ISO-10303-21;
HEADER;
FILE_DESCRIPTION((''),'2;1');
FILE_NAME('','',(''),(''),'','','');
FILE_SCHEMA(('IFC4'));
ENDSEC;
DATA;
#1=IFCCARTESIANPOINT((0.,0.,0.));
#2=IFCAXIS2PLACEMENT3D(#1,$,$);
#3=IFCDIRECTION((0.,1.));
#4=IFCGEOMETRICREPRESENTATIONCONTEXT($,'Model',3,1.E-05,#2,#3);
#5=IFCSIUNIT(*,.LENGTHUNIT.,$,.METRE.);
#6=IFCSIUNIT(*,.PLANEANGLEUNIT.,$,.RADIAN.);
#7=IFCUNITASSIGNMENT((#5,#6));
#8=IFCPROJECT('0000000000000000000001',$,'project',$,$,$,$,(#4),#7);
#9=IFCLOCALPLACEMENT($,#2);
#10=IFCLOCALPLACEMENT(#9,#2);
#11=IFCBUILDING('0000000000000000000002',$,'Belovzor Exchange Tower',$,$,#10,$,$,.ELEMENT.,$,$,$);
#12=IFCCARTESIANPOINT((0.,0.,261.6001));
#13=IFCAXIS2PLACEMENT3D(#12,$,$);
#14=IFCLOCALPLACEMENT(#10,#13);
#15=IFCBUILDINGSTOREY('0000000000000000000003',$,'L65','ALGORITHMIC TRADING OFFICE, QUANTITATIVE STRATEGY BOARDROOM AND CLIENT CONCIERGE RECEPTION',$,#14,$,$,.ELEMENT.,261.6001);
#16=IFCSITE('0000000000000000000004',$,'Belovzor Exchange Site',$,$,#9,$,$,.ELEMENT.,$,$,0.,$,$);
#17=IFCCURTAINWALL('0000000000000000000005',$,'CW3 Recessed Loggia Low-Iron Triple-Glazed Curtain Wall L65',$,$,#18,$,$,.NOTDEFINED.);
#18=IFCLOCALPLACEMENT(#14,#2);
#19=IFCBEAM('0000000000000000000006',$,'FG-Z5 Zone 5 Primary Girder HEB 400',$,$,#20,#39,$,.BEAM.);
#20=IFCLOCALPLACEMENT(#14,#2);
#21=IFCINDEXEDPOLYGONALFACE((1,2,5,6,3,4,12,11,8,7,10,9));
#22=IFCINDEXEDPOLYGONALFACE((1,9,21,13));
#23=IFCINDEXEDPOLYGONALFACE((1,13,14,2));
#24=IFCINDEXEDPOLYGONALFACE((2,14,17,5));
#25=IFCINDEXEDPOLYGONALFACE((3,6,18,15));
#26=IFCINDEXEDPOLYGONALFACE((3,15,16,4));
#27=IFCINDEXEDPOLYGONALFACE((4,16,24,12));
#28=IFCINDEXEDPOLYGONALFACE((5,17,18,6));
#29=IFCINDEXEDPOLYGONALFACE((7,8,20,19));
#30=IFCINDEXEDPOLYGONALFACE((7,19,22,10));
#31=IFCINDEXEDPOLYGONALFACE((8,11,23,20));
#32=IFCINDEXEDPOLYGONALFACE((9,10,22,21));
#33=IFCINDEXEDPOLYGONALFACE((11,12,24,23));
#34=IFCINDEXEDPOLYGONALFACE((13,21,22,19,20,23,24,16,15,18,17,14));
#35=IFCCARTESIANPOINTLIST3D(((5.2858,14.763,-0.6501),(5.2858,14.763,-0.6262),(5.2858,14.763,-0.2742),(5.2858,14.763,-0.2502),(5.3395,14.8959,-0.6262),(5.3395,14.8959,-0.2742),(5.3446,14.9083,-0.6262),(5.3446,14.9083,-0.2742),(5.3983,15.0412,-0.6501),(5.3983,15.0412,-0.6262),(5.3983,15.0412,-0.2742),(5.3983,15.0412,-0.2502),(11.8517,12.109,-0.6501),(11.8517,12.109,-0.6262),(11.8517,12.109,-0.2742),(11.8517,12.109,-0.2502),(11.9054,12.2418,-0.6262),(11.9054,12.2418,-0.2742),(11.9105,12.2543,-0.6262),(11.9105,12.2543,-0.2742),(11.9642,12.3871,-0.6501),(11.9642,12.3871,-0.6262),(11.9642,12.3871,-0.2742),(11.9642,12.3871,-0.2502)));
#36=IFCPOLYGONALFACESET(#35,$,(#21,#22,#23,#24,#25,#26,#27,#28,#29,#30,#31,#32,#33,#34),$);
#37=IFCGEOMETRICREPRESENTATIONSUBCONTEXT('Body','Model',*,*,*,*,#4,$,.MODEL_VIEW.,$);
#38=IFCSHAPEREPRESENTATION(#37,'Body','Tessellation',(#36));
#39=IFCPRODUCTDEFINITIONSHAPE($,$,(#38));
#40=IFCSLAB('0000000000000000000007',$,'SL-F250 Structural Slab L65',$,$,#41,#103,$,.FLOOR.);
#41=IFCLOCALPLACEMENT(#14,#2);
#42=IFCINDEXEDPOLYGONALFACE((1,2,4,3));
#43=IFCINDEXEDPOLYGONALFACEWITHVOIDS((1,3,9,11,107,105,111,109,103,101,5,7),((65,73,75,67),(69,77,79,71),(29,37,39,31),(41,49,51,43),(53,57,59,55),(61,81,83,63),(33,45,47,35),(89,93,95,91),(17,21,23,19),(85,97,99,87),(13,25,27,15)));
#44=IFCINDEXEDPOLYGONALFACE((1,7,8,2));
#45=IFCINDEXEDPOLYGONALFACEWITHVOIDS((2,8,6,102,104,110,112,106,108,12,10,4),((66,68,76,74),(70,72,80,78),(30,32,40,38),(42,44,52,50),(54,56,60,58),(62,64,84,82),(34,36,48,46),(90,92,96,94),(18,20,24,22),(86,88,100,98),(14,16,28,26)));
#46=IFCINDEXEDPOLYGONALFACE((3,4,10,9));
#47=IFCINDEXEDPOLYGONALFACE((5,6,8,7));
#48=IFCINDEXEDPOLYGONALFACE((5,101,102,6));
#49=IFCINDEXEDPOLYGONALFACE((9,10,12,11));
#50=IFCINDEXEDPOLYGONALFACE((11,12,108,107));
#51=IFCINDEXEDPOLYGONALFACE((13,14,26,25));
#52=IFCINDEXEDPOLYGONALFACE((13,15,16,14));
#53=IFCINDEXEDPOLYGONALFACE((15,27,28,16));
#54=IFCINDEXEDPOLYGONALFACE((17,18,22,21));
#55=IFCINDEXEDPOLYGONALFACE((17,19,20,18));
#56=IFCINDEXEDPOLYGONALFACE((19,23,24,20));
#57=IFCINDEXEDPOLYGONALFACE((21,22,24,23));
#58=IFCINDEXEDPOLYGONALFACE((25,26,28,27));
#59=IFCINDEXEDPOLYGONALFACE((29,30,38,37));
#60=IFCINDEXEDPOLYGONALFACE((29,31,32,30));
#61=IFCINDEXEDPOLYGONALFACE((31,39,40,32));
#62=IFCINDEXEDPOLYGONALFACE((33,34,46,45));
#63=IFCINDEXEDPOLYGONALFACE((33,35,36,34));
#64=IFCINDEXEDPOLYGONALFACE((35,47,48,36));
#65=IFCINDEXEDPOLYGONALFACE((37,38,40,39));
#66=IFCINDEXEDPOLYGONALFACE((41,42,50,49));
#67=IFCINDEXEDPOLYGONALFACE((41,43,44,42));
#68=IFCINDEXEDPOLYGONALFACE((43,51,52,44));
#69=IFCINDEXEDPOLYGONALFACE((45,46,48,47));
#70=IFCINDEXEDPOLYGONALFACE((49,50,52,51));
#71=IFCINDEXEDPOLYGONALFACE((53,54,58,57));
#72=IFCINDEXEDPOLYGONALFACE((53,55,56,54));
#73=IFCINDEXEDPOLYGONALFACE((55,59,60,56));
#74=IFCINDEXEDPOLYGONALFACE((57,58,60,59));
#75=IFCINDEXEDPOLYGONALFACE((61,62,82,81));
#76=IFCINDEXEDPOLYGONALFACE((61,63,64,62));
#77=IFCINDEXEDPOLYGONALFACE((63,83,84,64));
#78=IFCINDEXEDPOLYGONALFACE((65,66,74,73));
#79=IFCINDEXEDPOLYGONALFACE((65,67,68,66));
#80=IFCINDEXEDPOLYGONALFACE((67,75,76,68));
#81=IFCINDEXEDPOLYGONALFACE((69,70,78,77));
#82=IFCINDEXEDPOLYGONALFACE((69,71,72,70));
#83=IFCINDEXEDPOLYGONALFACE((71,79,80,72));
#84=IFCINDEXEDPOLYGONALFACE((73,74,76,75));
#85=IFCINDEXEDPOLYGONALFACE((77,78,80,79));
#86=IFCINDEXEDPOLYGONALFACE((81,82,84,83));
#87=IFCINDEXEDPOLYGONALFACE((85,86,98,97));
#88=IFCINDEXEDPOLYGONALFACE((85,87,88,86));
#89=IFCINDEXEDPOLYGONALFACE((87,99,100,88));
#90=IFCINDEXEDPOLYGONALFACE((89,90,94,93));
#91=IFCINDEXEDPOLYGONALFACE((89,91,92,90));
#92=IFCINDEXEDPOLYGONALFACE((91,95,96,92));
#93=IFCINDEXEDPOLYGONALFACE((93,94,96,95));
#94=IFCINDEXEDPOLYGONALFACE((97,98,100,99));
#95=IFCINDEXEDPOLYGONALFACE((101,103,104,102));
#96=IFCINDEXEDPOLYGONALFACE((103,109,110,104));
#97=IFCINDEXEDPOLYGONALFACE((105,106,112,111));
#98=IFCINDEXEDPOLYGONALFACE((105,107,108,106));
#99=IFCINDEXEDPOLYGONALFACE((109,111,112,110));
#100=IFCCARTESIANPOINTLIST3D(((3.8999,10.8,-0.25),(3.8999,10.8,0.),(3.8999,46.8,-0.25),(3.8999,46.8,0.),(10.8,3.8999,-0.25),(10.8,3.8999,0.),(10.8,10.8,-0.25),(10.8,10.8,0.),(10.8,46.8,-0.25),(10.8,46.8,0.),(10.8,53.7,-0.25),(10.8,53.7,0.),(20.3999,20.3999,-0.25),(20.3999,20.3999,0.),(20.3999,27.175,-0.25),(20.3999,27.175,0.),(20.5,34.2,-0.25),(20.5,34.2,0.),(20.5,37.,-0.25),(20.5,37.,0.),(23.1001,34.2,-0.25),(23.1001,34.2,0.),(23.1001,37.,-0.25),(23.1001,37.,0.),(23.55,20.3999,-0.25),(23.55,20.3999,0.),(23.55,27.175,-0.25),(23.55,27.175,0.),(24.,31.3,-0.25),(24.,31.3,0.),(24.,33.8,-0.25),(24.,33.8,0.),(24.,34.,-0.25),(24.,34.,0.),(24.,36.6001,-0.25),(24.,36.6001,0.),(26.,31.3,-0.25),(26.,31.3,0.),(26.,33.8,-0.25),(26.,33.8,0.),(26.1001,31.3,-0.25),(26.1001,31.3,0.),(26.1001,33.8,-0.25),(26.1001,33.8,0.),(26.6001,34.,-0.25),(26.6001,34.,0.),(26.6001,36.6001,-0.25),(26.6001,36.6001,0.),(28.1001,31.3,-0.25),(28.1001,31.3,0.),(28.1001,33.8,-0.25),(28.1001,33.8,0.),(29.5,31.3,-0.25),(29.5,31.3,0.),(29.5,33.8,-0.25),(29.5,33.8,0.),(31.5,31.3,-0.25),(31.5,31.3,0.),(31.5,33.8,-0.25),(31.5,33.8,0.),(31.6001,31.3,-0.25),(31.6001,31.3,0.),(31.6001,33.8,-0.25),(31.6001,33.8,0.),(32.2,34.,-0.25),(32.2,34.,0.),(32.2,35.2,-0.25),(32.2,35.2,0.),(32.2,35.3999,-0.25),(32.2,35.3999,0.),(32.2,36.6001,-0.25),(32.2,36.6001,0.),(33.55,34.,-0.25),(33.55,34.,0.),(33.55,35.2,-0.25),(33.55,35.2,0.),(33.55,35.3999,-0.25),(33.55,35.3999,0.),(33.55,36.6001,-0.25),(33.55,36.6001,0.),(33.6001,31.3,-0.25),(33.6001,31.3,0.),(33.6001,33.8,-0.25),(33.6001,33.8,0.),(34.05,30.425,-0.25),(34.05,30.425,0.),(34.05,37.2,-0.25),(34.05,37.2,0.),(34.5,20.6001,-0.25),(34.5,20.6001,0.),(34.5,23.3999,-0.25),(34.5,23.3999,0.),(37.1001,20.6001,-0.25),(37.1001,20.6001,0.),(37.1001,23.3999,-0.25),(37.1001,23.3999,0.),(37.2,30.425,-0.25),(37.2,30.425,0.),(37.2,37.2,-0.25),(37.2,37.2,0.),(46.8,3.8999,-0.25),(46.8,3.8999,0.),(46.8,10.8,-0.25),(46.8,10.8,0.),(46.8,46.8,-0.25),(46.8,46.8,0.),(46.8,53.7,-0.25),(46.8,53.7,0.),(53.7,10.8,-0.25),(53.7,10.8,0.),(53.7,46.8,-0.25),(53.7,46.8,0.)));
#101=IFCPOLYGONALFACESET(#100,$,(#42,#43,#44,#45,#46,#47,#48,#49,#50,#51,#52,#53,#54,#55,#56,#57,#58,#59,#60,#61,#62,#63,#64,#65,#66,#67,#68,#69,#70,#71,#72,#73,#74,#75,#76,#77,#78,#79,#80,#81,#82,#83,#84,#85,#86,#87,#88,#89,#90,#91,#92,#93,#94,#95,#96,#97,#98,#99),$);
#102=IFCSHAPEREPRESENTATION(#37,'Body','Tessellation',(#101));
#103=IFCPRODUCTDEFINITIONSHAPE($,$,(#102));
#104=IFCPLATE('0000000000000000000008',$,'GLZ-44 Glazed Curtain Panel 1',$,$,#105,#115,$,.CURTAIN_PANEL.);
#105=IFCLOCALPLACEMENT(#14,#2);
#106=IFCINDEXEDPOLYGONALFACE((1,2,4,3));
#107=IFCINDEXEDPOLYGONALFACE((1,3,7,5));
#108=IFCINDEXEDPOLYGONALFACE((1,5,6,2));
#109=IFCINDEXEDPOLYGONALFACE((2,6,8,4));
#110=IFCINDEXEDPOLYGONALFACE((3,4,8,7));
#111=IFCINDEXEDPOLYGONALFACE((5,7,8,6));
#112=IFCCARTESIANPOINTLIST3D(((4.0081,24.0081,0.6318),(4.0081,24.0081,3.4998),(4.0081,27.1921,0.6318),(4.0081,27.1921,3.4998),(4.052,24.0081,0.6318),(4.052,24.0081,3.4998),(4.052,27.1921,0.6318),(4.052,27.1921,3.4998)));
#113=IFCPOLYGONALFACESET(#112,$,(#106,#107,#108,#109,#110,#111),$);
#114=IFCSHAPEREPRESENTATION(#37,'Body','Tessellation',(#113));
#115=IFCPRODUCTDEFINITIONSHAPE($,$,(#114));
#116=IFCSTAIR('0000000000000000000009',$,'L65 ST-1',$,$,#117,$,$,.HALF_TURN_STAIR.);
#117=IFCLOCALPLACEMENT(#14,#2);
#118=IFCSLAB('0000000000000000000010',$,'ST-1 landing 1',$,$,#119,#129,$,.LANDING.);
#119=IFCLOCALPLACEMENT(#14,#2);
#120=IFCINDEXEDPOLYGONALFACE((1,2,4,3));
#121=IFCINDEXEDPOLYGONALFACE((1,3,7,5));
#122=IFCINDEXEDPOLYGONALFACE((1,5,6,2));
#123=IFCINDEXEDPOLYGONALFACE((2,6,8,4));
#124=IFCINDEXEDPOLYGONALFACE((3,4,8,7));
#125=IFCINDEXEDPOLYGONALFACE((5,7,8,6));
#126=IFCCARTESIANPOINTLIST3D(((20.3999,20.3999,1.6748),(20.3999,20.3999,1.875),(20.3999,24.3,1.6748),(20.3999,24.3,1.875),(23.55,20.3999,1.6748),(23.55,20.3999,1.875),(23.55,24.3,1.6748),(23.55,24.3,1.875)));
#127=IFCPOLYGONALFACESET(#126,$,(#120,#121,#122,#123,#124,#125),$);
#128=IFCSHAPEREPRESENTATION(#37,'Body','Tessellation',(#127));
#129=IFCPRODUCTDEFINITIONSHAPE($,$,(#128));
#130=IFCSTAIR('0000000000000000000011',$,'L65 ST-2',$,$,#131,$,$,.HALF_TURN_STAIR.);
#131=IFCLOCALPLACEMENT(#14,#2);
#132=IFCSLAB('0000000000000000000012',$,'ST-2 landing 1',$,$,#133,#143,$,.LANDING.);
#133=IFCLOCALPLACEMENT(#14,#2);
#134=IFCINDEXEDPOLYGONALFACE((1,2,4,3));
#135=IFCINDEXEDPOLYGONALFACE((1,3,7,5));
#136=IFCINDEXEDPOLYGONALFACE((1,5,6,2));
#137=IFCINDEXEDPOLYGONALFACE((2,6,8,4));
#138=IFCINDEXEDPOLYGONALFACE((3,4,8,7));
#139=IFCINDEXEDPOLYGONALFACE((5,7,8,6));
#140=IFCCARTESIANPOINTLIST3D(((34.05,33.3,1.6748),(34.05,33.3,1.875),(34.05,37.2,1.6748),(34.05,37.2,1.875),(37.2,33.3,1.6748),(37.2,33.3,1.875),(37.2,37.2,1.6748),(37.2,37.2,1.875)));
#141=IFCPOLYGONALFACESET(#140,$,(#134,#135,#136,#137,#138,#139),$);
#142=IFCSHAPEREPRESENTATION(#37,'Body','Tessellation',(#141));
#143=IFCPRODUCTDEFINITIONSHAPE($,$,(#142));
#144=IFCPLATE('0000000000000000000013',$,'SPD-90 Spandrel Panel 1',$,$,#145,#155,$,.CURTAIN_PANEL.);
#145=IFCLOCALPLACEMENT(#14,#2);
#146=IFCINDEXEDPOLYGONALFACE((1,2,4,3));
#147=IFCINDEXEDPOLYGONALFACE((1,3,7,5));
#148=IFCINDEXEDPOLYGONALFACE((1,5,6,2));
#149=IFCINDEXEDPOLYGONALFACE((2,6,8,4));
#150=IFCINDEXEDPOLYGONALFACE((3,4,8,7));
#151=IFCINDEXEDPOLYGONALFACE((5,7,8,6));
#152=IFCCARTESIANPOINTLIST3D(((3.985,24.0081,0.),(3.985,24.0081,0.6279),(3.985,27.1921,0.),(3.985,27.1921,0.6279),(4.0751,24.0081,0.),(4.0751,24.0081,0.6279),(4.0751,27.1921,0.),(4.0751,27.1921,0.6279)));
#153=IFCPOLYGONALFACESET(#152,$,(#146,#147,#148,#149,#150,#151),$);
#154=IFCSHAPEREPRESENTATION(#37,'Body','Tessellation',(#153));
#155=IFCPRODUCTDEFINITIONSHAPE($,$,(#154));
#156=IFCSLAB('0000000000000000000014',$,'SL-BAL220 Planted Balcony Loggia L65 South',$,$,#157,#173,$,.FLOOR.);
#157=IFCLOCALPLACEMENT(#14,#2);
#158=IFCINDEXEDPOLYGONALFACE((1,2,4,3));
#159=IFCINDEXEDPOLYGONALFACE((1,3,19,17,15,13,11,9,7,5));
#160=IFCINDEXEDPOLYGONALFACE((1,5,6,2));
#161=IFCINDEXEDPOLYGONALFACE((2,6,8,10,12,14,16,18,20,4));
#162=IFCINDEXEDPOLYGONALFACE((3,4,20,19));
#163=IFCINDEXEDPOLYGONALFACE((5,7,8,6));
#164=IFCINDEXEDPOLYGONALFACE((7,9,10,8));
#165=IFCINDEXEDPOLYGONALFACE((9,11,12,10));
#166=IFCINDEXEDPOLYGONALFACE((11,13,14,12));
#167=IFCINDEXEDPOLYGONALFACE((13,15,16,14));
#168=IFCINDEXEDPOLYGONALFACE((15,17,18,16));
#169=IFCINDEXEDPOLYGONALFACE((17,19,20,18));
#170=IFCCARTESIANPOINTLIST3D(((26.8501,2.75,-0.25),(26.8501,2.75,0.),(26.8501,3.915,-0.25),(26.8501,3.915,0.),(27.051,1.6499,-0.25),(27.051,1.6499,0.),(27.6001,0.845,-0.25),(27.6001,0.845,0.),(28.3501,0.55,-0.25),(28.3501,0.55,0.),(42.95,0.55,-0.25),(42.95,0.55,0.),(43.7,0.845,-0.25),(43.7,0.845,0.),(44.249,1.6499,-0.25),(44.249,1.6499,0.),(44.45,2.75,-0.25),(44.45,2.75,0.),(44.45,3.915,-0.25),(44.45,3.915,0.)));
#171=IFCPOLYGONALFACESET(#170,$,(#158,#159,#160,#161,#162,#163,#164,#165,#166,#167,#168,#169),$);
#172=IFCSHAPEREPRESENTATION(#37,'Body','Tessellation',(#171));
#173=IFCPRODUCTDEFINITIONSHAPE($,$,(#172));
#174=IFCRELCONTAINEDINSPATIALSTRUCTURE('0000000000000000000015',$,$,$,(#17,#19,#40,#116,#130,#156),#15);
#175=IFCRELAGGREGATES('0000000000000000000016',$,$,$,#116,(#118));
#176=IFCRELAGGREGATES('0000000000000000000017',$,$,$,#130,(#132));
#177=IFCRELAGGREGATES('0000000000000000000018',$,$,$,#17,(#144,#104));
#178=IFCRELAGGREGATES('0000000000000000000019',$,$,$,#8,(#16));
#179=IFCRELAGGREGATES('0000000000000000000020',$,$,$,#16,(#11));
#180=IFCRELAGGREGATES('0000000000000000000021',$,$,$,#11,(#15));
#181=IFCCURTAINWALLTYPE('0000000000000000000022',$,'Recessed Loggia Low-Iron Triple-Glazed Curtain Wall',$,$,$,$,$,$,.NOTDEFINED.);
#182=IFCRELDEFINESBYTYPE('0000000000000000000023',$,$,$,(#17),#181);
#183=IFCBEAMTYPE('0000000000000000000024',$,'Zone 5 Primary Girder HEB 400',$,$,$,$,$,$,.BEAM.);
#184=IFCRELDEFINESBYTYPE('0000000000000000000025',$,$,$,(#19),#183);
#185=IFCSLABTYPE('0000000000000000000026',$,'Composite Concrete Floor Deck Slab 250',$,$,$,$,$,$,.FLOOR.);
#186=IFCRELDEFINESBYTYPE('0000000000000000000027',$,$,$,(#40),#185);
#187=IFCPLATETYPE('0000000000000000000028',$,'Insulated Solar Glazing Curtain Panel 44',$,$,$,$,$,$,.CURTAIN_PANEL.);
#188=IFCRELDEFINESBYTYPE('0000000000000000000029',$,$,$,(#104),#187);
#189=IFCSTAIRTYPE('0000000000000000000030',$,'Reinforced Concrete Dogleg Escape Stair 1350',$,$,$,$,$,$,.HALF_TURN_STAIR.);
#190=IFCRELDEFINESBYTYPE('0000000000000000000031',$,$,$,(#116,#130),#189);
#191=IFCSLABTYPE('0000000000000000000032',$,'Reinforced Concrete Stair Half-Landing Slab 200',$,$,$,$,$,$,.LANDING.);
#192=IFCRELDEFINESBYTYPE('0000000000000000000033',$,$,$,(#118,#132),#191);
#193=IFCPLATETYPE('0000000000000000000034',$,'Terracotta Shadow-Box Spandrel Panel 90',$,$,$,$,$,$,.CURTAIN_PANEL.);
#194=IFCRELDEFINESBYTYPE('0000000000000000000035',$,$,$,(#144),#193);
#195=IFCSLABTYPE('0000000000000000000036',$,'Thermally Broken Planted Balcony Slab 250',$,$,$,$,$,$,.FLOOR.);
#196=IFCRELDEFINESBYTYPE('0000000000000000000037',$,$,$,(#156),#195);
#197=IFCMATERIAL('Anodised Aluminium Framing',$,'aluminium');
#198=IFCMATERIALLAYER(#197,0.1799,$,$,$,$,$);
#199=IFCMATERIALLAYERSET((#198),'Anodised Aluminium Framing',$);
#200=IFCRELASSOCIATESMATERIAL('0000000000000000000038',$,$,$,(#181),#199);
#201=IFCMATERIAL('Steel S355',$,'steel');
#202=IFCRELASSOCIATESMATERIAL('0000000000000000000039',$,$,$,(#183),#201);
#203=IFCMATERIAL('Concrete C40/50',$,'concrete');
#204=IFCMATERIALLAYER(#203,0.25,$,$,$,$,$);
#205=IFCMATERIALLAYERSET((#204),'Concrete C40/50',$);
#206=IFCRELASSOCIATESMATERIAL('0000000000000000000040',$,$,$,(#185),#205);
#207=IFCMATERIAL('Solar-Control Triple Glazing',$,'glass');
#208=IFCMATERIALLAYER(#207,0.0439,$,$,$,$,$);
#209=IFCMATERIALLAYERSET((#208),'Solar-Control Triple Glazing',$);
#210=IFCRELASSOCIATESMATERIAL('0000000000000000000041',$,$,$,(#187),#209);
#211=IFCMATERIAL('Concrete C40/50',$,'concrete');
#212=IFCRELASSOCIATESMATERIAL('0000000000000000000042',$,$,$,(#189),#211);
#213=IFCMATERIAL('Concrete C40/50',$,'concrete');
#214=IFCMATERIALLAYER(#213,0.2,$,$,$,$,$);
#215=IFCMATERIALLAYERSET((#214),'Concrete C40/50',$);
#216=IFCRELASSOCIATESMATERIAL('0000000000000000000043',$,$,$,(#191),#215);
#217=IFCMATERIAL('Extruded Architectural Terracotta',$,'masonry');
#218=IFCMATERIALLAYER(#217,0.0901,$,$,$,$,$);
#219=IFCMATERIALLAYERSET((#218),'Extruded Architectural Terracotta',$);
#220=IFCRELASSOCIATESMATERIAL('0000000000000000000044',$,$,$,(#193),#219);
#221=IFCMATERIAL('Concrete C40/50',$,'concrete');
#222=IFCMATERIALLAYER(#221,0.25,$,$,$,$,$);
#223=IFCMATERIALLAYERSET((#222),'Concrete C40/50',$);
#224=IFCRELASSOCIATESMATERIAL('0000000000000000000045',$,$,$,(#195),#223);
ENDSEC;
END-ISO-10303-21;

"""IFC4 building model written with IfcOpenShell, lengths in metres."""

from ifc_helpers import new_model, si_unit, direction, frame, origin, origin_2d, place, context, subcontext, project, spatial, polyline, rectangle, i_section, outline, extrude, material, layer, layer_set, material_profile, profile_set, type_object, element, aggregate, save


model = new_model("IFC4")

# Units and contexts
model_context = context("Model", 3, precision=1e-05, world=origin(), true_north=direction((0.0, 1.0)))
body_context = subcontext(model_context, "Body", "Model", "MODEL_VIEW")
ifc_project = project(units=[si_unit("LENGTHUNIT", "METRE"), si_unit("PLANEANGLEUNIT", "RADIAN")], contexts=[model_context])

# Site, building, storey
site_placement = place(None, origin())
site = spatial("IfcSite", under=ifc_project, at=site_placement, Name="Belovzor Exchange Site", CompositionType="ELEMENT", RefElevation=0.0)
building_placement = place(site_placement, origin())
building = spatial("IfcBuilding", under=site, at=building_placement, Name="Belovzor Exchange Tower", CompositionType="ELEMENT")
storey_placement = place(building_placement, frame((0.0, 0.0, 261.6001)))
storey = spatial("IfcBuildingStorey", under=building, at=storey_placement, Name="L65", Description="ALGORITHMIC TRADING OFFICE, QUANTITATIVE STRATEGY BOARDROOM AND CLIENT CONCIERGE RECEPTION", CompositionType="ELEMENT", Elevation=261.6001)

# Curtain wall
ifc_material_1 = material(Name="Anodised Aluminium Framing", Category="aluminium")
ifc_layer_1 = layer(ifc_material_1, 0.1799)
ifc_layer_set_1 = layer_set([ifc_layer_1], Name="Anodised Aluminium Framing")
curtain_wall_type = type_object("IfcCurtainWallType", Name="Recessed Loggia Low-Iron Triple-Glazed Curtain Wall", PredefinedType="NOTDEFINED", material=ifc_layer_set_1)
curtain_wall_placement = place(storey_placement, origin())
curtain_wall = element("IfcCurtainWall", 1, at=curtain_wall_placement, inside=storey, type_object=curtain_wall_type, Name="CW3 Recessed Loggia Low-Iron Triple-Glazed Curtain Wall L65", PredefinedType="NOTDEFINED")

# Beam
ifc_material_2 = material(Name="Steel S355", Category="steel")
ifc_material_profile_1 = material_profile(ifc_material_2, i_section(OverallWidth=0.3, OverallDepth=0.3999, WebThickness=0.0134, FlangeThickness=0.0239, at=origin_2d()))
ifc_profile_set_1 = profile_set([ifc_material_profile_1], Name="Steel S355")
beam_type_1 = type_object("IfcBeamType", Name="Zone 5 Primary Girder HEB 400", PredefinedType="BEAM", material=ifc_profile_set_1)
for number, where, z_axis, x_axis, name in (
    (2, (5.342, 14.9021, -0.4502), (0.927123, -0.374758, 0.0), (0.374758, 0.927123, 0.0), "FG-Z5 Zone 5 Primary Girder HEB 400"),
):
    element("IfcBeam", number, at=place(storey_placement, frame(where, z_axis=z_axis, x_axis=x_axis)), inside=storey, type_object=beam_type_1, Name=name, PredefinedType="BEAM", context=body_context, shape_type="SweptSolid", body=[
        extrude(i_section(OverallWidth=0.3, OverallDepth=0.3999, WebThickness=0.0134, FlangeThickness=0.0239, at=origin_2d()), origin(), (0.0, 0.0, 1.0), 7.082),
    ])

# Slab
ifc_material_3 = material(Name="Concrete C40/50", Category="concrete")
ifc_layer_2 = layer(ifc_material_3, 0.25)
ifc_layer_set_2 = layer_set([ifc_layer_2], Name="Concrete C40/50")
slab_type_1 = type_object("IfcSlabType", Name="Composite Concrete Floor Deck Slab 250", PredefinedType="FLOOR", material=ifc_layer_set_2)
slab_1_placement = place(storey_placement, frame((0.0, 0.0, -0.25)))
element("IfcSlab", 3, at=slab_1_placement, inside=storey, type_object=slab_type_1, Name="SL-F250 Structural Slab L65", PredefinedType="FLOOR", context=body_context, shape_type="SweptSolid", body=[
    extrude(outline(polyline([(10.8, 3.8999), (46.8, 3.8999), (46.8, 10.8), (53.7, 10.8), (53.7, 46.8), (46.8, 46.8), (46.8, 53.7), (10.8, 53.7), (10.8, 46.8), (3.8999, 46.8), (3.8999, 10.8), (10.8, 10.8), (10.8, 3.8999)]), holes=[polyline([(20.3999, 27.175), (20.3999, 20.3999), (23.55, 20.3999), (23.55, 27.175), (20.3999, 27.175)]), polyline([(37.2, 30.425), (37.2, 37.2), (34.05, 37.2), (34.05, 30.425), (37.2, 30.425)]), polyline([(20.5, 34.2), (23.1001, 34.2), (23.1001, 37.0), (20.5, 37.0), (20.5, 34.2)]), polyline([(34.5, 20.6001), (37.1001, 20.6001), (37.1001, 23.3999), (34.5, 23.3999), (34.5, 20.6001)]), polyline([(24.0, 34.0), (26.6001, 34.0), (26.6001, 36.6001), (24.0, 36.6001), (24.0, 34.0)]), polyline([(24.0, 31.3), (26.0, 31.3), (26.0, 33.8), (24.0, 33.8), (24.0, 31.3)]), polyline([(26.1001, 31.3), (28.1001, 31.3), (28.1001, 33.8), (26.1001, 33.8), (26.1001, 31.3)]), polyline([(29.5, 31.3), (31.5, 31.3), (31.5, 33.8), (29.5, 33.8), (29.5, 31.3)]), polyline([(31.6001, 31.3), (33.6001, 31.3), (33.6001, 33.8), (31.6001, 33.8), (31.6001, 31.3)]), polyline([(32.2, 34.0), (33.55, 34.0), (33.55, 35.2), (32.2, 35.2), (32.2, 34.0)]), polyline([(32.2, 35.3999), (33.55, 35.3999), (33.55, 36.6001), (32.2, 36.6001), (32.2, 35.3999)])]), origin(), (0.0, 0.0, 1.0), 0.25),
])

# Plate
ifc_material_4 = material(Name="Solar-Control Triple Glazing", Category="glass")
ifc_layer_3 = layer(ifc_material_4, 0.0439)
ifc_layer_set_3 = layer_set([ifc_layer_3], Name="Solar-Control Triple Glazing")
plate_type_1 = type_object("IfcPlateType", Name="Insulated Solar Glazing Curtain Panel 44", PredefinedType="CURTAIN_PANEL", material=ifc_layer_set_3)
plate_1_placement = place(storey_placement, frame((4.03, 25.6001, 0.6318), z_axis=(0.0, 0.0, 1.0), x_axis=(0.0, 1.0, 0.0)))
plate_1 = element("IfcPlate", 4, at=plate_1_placement, type_object=plate_type_1, Name="GLZ-44 Glazed Curtain Panel 1", PredefinedType="CURTAIN_PANEL", context=body_context, shape_type="SweptSolid", body=[
    extrude(rectangle(XDim=3.1841, YDim=0.0439, at=origin_2d()), origin(), (0.0, 0.0, 1.0), 2.8679),
])

# Stairs, slabs
ifc_material_5 = material(Name="Concrete C40/50", Category="concrete")
stair_type = type_object("IfcStairType", Name="Reinforced Concrete Dogleg Escape Stair 1350", PredefinedType="HALF_TURN_STAIR", material=ifc_material_5)
stair_1_placement = place(storey_placement, origin())
stair_1 = element("IfcStair", 5, at=stair_1_placement, inside=storey, type_object=stair_type, Name="L65 ST-1", PredefinedType="HALF_TURN_STAIR")
ifc_material_6 = material(Name="Concrete C40/50", Category="concrete")
ifc_layer_4 = layer(ifc_material_6, 0.2)
ifc_layer_set_4 = layer_set([ifc_layer_4], Name="Concrete C40/50")
slab_type_2 = type_object("IfcSlabType", Name="Reinforced Concrete Stair Half-Landing Slab 200", PredefinedType="LANDING", material=ifc_layer_set_4)
slab_2_placement = place(storey_placement, frame((0.0, 0.0, 1.6748)))
slab_2 = element("IfcSlab", 6, at=slab_2_placement, type_object=slab_type_2, Name="ST-1 landing 1", PredefinedType="LANDING", context=body_context, shape_type="SweptSolid", body=[
    extrude(outline(polyline([(20.3999, 24.3), (20.3999, 20.3999), (23.55, 20.3999), (23.55, 24.3), (20.3999, 24.3)])), origin(), (0.0, 0.0, 1.0), 0.2002),
])
aggregate(stair_1, [slab_2])
stair_2_placement = place(storey_placement, origin())
stair_2 = element("IfcStair", 7, at=stair_2_placement, inside=storey, type_object=stair_type, Name="L65 ST-2", PredefinedType="HALF_TURN_STAIR")
slab_3_placement = place(storey_placement, frame((0.0, 0.0, 1.6748)))
slab_3 = element("IfcSlab", 8, at=slab_3_placement, type_object=slab_type_2, Name="ST-2 landing 1", PredefinedType="LANDING", context=body_context, shape_type="SweptSolid", body=[
    extrude(outline(polyline([(37.2, 33.3), (37.2, 37.2), (34.05, 37.2), (34.05, 33.3), (37.2, 33.3)])), origin(), (0.0, 0.0, 1.0), 0.2002),
])
aggregate(stair_2, [slab_3])

# Plate
ifc_material_7 = material(Name="Extruded Architectural Terracotta", Category="masonry")
ifc_layer_5 = layer(ifc_material_7, 0.0901)
ifc_layer_set_5 = layer_set([ifc_layer_5], Name="Extruded Architectural Terracotta")
plate_type_2 = type_object("IfcPlateType", Name="Terracotta Shadow-Box Spandrel Panel 90", PredefinedType="CURTAIN_PANEL", material=ifc_layer_set_5)
plate_2_placement = place(storey_placement, frame((4.03, 25.6001, 0.0), z_axis=(0.0, 0.0, 1.0), x_axis=(0.0, 1.0, 0.0)))
plate_2 = element("IfcPlate", 9, at=plate_2_placement, type_object=plate_type_2, Name="SPD-90 Spandrel Panel 1", PredefinedType="CURTAIN_PANEL", context=body_context, shape_type="SweptSolid", body=[
    extrude(rectangle(XDim=3.1841, YDim=0.0901, at=origin_2d()), origin(), (0.0, 0.0, 1.0), 0.6279),
])
aggregate(curtain_wall, [plate_2, plate_1])

# Slab
ifc_material_8 = material(Name="Concrete C40/50", Category="concrete")
ifc_layer_6 = layer(ifc_material_8, 0.25)
ifc_layer_set_6 = layer_set([ifc_layer_6], Name="Concrete C40/50")
slab_type_3 = type_object("IfcSlabType", Name="Thermally Broken Planted Balcony Slab 250", PredefinedType="FLOOR", material=ifc_layer_set_6)
slab_4_placement = place(storey_placement, frame((0.0, 0.0, -0.25)))
element("IfcSlab", 10, at=slab_4_placement, inside=storey, type_object=slab_type_3, Name="SL-BAL220 Planted Balcony Loggia L65 South", PredefinedType="FLOOR", context=body_context, shape_type="SweptSolid", body=[
    extrude(outline(polyline([(26.8501, 3.915), (26.8501, 2.75), (27.051, 1.6499), (27.6001, 0.845), (28.3501, 0.55), (42.95, 0.55), (43.7, 0.845), (44.249, 1.6499), (44.45, 2.75), (44.45, 3.915), (26.8501, 3.915)])), origin(), (0.0, 0.0, 1.0), 0.25),
])

save(model, "model.ifc")
